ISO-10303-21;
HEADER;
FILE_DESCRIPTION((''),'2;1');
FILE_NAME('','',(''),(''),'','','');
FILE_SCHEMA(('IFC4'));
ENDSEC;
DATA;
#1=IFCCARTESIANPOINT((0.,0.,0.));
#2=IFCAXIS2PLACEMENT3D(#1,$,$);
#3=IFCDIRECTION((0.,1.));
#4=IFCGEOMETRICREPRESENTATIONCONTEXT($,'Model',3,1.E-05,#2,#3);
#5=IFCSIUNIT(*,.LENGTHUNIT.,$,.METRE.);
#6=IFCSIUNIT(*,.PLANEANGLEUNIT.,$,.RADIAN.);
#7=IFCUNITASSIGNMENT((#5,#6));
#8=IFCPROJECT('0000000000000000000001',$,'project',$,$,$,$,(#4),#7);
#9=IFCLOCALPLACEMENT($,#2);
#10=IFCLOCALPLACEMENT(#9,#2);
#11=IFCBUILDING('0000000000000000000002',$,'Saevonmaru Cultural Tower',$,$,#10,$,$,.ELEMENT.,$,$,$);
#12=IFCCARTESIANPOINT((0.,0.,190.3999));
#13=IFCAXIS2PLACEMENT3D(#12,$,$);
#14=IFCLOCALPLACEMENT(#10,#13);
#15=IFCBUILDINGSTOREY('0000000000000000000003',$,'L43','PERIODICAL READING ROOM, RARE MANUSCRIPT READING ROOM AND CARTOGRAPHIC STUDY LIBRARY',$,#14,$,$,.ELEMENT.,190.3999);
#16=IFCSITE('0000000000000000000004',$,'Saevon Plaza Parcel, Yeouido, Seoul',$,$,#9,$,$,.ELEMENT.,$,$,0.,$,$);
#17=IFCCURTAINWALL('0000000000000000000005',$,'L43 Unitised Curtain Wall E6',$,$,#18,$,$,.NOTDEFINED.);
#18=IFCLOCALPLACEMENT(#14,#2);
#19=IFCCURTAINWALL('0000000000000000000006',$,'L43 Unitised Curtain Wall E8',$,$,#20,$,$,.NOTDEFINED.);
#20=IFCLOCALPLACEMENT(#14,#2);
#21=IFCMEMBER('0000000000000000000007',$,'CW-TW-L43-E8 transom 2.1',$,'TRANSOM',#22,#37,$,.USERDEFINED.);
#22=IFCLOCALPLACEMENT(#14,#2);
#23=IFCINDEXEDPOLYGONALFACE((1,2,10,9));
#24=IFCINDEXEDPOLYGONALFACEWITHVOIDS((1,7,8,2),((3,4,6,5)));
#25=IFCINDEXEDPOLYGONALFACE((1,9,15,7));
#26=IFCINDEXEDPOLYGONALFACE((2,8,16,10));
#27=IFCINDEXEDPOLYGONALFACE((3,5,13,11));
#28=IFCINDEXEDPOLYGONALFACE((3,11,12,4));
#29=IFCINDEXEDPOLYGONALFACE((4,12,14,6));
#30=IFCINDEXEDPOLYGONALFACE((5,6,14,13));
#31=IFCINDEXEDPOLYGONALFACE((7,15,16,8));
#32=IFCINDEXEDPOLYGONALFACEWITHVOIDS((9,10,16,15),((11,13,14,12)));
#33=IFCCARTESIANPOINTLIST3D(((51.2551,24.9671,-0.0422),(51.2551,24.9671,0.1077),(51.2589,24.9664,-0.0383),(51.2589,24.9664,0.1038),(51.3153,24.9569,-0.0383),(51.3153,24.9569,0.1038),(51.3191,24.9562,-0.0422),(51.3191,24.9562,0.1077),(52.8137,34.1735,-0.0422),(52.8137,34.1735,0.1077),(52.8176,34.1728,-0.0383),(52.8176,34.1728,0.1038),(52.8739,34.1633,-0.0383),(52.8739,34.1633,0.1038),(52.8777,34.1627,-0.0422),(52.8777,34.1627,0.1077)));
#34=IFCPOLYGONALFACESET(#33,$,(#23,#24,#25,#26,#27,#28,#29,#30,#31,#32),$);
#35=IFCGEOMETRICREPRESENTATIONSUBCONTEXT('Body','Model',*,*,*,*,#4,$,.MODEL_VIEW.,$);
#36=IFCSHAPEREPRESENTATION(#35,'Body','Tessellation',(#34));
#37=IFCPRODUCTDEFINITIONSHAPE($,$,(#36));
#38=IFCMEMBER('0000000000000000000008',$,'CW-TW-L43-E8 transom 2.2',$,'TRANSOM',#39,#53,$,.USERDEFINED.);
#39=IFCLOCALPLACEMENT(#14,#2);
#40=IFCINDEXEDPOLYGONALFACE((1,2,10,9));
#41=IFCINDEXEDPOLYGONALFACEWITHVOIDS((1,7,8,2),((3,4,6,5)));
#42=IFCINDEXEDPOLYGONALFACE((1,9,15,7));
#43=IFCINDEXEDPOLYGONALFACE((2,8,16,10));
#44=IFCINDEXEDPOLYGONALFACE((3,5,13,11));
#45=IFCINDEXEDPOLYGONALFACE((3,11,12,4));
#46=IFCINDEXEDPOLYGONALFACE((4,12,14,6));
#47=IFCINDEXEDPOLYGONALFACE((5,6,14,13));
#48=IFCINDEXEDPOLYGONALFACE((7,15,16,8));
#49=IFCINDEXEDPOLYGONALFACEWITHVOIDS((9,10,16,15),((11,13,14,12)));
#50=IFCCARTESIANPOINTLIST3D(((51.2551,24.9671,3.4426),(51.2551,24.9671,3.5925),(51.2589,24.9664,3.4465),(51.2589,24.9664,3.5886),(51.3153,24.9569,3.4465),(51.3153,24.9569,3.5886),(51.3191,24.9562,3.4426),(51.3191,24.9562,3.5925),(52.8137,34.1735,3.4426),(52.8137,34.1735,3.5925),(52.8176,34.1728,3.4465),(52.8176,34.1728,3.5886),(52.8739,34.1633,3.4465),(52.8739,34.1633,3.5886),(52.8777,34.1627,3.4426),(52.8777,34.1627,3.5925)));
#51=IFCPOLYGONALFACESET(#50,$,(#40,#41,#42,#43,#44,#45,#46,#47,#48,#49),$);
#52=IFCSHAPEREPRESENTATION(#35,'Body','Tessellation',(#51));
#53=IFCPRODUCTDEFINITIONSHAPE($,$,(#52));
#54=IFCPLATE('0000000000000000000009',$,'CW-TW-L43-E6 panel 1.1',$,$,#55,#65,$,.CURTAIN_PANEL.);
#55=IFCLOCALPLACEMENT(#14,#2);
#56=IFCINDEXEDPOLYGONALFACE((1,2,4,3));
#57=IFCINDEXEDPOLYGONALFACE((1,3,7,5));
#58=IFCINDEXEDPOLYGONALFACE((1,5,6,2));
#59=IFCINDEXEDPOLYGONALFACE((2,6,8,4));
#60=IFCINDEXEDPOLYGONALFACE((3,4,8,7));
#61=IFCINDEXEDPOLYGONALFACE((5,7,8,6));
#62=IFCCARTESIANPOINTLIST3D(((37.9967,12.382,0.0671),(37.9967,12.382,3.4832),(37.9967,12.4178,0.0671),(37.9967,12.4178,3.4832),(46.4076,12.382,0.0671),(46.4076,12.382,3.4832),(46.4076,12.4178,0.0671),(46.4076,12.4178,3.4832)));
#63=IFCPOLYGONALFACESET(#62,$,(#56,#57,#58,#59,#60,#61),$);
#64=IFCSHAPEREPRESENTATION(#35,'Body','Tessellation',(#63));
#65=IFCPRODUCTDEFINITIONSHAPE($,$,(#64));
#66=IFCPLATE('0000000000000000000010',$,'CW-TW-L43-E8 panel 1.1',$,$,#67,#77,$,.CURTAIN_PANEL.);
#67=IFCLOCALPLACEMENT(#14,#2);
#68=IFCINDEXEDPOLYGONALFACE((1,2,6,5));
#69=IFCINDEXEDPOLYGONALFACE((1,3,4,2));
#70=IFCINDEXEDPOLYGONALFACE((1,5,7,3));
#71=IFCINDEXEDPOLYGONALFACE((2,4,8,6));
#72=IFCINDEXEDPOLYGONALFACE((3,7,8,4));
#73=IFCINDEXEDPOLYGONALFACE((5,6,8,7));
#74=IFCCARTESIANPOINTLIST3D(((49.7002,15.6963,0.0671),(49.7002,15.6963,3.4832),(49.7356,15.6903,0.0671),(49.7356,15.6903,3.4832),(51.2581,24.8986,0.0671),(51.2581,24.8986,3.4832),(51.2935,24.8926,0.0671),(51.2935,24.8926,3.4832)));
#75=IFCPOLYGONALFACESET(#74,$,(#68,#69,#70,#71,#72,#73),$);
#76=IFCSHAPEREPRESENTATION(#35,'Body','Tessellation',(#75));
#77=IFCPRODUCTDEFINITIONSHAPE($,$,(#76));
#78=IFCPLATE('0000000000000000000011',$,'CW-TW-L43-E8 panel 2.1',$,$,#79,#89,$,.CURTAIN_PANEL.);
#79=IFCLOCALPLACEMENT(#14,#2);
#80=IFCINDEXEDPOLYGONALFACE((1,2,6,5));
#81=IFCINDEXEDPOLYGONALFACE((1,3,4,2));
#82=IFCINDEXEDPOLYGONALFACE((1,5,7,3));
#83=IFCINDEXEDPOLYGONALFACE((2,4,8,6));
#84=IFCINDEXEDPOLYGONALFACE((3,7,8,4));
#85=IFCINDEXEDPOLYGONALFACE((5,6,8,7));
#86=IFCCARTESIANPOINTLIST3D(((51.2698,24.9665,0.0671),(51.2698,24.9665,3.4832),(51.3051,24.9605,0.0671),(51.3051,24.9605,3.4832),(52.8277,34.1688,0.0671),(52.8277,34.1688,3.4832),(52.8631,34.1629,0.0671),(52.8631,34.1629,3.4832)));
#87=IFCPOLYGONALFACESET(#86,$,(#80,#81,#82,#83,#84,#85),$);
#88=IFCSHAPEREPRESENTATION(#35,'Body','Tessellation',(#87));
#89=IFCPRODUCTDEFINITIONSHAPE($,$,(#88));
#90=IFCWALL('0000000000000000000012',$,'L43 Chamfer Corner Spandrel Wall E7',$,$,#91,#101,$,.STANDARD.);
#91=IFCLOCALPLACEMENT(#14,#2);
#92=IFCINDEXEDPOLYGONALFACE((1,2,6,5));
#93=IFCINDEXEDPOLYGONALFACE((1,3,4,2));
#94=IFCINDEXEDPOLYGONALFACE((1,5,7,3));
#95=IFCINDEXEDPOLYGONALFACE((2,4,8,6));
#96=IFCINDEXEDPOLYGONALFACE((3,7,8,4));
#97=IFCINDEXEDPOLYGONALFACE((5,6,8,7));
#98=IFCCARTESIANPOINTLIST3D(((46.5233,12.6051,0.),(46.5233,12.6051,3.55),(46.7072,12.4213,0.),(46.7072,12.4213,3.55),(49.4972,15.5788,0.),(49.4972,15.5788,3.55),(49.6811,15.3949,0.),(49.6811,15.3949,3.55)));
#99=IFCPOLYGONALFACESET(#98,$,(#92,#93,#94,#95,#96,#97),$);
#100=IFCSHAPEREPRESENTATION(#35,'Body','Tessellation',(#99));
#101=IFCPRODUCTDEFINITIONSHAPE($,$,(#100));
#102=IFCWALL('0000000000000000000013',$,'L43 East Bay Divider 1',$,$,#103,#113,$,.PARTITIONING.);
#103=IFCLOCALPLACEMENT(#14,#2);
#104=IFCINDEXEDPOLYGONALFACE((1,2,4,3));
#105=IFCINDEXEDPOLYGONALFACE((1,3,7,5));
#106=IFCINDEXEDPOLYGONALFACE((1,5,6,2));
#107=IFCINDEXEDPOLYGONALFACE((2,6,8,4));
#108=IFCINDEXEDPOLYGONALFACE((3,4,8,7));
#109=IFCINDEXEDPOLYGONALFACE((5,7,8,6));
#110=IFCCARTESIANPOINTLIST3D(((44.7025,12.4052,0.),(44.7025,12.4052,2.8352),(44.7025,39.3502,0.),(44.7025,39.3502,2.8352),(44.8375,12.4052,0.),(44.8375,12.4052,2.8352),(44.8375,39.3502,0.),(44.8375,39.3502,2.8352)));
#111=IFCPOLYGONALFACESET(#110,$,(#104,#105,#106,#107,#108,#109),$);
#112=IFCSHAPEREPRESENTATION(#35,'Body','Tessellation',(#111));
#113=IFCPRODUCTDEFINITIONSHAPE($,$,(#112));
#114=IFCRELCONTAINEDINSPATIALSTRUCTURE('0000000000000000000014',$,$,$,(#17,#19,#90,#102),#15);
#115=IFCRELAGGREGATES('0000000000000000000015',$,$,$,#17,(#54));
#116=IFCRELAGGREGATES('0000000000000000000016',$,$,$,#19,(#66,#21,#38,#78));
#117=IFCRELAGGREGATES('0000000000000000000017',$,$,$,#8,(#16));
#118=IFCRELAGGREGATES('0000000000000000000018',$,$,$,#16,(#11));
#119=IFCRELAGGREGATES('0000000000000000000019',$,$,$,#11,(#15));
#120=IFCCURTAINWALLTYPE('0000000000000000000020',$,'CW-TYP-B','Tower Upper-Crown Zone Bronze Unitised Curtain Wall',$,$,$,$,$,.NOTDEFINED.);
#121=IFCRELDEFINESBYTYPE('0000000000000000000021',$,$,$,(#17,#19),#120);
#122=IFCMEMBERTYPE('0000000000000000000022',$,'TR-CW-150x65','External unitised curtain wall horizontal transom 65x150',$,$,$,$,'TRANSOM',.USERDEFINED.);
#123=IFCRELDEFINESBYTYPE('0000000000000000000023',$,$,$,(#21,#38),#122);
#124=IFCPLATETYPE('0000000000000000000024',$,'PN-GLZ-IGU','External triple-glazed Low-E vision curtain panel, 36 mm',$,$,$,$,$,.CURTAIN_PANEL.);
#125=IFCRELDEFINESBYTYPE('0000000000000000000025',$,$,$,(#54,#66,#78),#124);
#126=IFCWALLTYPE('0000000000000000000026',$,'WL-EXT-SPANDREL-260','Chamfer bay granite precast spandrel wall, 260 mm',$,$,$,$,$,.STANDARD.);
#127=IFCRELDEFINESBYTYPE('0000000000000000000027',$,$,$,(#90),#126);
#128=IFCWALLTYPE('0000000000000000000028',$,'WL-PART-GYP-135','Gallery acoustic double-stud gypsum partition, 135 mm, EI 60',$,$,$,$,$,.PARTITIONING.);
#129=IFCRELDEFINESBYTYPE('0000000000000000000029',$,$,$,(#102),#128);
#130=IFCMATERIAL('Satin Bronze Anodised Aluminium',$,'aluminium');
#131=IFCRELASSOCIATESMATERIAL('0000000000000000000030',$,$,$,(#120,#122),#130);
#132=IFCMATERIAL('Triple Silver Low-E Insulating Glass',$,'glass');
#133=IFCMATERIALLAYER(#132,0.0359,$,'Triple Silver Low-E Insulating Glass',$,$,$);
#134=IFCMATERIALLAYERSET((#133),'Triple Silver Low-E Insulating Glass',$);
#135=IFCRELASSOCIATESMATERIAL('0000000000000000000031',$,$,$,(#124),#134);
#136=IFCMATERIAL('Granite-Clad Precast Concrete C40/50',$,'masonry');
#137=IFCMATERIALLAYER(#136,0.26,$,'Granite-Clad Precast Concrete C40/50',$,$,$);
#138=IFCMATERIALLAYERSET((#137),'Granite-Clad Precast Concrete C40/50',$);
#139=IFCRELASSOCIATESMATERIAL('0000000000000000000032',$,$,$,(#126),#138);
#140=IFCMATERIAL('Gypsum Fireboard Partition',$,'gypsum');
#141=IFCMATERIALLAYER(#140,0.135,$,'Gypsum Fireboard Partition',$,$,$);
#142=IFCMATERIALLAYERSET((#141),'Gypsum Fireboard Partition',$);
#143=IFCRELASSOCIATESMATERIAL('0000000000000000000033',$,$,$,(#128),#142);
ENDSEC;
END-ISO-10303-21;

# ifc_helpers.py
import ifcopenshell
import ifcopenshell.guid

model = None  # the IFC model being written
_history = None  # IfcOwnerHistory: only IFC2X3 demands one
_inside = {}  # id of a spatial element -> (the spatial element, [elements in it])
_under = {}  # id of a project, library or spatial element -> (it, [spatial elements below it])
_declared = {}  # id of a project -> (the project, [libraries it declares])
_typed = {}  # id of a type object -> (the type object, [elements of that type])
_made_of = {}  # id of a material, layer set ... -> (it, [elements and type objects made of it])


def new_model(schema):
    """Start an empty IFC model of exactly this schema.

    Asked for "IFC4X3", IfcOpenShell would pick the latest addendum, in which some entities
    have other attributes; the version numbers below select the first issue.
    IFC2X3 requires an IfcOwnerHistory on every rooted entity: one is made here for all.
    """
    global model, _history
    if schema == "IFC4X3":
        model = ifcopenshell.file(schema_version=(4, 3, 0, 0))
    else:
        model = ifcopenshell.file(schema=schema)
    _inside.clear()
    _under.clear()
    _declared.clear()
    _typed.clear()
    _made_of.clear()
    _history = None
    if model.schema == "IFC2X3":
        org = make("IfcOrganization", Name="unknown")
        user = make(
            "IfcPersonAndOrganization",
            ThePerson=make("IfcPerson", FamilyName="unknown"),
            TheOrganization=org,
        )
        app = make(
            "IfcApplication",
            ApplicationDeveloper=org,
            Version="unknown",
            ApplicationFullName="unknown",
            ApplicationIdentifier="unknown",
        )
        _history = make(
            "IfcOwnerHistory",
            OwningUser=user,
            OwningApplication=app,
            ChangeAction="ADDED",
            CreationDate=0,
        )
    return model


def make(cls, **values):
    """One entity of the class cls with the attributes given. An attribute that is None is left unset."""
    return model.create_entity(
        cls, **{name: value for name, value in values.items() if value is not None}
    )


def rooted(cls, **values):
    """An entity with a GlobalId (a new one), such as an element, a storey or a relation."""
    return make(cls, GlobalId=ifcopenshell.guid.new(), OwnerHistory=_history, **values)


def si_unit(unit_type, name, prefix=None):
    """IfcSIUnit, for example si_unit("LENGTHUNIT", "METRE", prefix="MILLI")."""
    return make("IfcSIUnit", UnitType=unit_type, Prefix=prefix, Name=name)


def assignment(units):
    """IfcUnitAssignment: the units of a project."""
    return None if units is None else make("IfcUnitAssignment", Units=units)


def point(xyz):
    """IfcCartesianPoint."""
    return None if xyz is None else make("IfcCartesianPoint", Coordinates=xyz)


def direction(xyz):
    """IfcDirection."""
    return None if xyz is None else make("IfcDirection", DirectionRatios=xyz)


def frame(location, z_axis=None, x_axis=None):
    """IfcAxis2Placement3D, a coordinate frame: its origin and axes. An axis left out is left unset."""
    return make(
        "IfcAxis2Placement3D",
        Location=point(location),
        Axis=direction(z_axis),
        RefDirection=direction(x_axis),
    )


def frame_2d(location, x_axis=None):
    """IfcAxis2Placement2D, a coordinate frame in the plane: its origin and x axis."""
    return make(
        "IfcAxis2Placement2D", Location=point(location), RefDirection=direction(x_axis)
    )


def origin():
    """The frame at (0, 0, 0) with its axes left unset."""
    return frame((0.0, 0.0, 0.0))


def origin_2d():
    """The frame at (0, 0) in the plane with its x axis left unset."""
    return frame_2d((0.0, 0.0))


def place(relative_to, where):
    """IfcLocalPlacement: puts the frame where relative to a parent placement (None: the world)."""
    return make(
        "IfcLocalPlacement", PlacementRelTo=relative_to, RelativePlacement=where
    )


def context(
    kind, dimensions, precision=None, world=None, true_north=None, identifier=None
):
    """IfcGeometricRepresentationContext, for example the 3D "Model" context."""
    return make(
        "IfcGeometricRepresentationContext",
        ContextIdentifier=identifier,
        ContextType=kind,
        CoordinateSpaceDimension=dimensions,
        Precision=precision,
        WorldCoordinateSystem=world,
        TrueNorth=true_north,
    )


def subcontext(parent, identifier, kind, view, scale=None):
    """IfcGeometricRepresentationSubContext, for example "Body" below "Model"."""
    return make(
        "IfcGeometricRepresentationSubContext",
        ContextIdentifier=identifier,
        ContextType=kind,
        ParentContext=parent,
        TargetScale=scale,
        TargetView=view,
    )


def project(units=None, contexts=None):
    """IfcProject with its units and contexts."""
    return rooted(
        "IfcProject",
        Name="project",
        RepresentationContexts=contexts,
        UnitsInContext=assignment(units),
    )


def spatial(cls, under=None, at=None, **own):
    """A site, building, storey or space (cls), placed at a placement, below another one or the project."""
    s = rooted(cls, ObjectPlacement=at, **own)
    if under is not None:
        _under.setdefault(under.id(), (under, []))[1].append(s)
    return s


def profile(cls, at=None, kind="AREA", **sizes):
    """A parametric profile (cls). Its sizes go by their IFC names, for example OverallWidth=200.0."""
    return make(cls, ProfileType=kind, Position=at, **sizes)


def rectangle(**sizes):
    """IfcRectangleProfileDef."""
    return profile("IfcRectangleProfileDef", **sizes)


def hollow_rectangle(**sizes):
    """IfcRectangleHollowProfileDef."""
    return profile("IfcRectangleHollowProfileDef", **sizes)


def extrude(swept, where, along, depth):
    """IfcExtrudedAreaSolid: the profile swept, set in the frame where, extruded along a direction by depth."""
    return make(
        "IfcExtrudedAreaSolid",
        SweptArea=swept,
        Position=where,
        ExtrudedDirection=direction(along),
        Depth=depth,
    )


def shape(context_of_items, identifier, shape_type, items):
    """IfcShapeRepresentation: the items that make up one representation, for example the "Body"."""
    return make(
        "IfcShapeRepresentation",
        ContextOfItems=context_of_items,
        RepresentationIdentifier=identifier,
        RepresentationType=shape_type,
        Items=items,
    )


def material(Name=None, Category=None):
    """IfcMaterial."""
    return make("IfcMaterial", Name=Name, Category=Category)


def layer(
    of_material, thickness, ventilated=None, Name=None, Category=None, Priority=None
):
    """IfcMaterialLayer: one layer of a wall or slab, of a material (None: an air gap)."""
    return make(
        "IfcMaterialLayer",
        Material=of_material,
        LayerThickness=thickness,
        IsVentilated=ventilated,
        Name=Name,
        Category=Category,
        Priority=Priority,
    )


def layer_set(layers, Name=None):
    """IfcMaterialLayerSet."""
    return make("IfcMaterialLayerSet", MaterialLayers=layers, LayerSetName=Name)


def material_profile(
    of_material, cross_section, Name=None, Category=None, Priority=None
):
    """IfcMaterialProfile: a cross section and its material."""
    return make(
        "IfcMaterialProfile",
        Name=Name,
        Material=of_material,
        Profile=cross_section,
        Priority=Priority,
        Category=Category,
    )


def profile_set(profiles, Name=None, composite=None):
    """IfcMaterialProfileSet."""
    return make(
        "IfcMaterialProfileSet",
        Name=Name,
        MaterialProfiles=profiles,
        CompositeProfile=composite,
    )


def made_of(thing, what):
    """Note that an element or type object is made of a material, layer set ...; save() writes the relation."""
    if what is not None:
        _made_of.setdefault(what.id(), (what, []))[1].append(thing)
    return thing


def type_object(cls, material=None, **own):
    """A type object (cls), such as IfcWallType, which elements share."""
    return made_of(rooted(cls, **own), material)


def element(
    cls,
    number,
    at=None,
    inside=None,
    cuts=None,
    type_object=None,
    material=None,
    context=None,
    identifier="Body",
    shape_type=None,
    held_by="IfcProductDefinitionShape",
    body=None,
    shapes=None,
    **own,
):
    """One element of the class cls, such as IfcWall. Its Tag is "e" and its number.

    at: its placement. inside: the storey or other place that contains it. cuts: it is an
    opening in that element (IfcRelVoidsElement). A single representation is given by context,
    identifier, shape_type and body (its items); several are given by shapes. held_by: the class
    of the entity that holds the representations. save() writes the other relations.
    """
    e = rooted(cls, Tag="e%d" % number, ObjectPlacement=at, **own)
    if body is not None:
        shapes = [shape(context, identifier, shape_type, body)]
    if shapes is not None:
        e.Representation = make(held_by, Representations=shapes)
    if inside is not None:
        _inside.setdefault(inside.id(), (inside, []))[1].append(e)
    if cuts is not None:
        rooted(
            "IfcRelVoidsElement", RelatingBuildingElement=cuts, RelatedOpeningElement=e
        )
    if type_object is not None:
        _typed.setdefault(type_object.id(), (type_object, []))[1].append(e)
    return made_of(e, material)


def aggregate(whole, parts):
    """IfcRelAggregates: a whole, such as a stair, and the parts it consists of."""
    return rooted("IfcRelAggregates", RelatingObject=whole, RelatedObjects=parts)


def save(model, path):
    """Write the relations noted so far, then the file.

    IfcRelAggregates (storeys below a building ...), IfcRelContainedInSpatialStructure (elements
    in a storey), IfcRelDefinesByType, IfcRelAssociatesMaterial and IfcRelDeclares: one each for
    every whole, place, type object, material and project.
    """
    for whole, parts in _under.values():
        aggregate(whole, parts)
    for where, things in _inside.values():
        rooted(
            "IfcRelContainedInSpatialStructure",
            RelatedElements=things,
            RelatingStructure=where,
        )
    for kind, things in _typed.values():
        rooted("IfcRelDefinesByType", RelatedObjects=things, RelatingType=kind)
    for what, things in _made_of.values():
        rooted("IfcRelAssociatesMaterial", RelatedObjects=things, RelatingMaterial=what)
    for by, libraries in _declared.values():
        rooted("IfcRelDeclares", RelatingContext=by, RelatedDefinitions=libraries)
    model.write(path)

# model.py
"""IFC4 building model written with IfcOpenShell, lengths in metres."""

from ifc_helpers import new_model, si_unit, direction, frame, frame_2d, origin, origin_2d, place, context, subcontext, project, spatial, rectangle, hollow_rectangle, extrude, material, layer, layer_set, material_profile, profile_set, type_object, element, aggregate, save


model = new_model("IFC4")

# Units and contexts
model_context = context("Model", 3, precision=1e-05, world=origin(), true_north=direction((0.0, 1.0)))
body_context = subcontext(model_context, "Body", "Model", "MODEL_VIEW")
ifc_project = project(units=[si_unit("LENGTHUNIT", "METRE"), si_unit("PLANEANGLEUNIT", "RADIAN")], contexts=[model_context])

# Site, building, storey
site_placement = place(None, origin())
site = spatial("IfcSite", under=ifc_project, at=site_placement, Name="Saevon Plaza Parcel, Yeouido, Seoul", CompositionType="ELEMENT", RefElevation=0.0)
building_placement = place(site_placement, origin())
building = spatial("IfcBuilding", under=site, at=building_placement, Name="Saevonmaru Cultural Tower", CompositionType="ELEMENT")
storey_placement = place(building_placement, frame((0.0, 0.0, 190.3999)))
storey = spatial("IfcBuildingStorey", under=building, at=storey_placement, Name="L43", Description="PERIODICAL READING ROOM, RARE MANUSCRIPT READING ROOM AND CARTOGRAPHIC STUDY LIBRARY", CompositionType="ELEMENT", Elevation=190.3999)

# Curtain wall
ifc_material_1 = material(Name="Satin Bronze Anodised Aluminium", Category="aluminium")
curtain_wall_type = type_object("IfcCurtainWallType", Name="CW-TYP-B", Description="Tower Upper-Crown Zone Bronze Unitised Curtain Wall", PredefinedType="NOTDEFINED", material=ifc_material_1)
curtain_wall_1_placement = place(storey_placement, origin())
curtain_wall_1 = element("IfcCurtainWall", 1, at=curtain_wall_1_placement, inside=storey, type_object=curtain_wall_type, Name="L43 Unitised Curtain Wall E6", PredefinedType="NOTDEFINED")

# Curtain wall, members
curtain_wall_2_placement = place(storey_placement, origin())
curtain_wall_2 = element("IfcCurtainWall", 2, at=curtain_wall_2_placement, inside=storey, type_object=curtain_wall_type, Name="L43 Unitised Curtain Wall E8", PredefinedType="NOTDEFINED")
ifc_material_profile_1 = material_profile(ifc_material_1, hollow_rectangle(XDim=0.0649, YDim=0.1499, WallThickness=0.0039, at=origin_2d()), Name="ALU-TRAN-150x65x4")
ifc_profile_set_1 = profile_set([ifc_material_profile_1], Name="Satin Bronze Anodised Aluminium")
member_type_1 = type_object("IfcMemberType", Name="TR-CW-150x65", Description="External unitised curtain wall horizontal transom 65x150", ElementType="TRANSOM", PredefinedType="USERDEFINED", material=ifc_profile_set_1)
member_1_placement = place(storey_placement, frame((51.2871, 24.9617, 0.0327), z_axis=(0.166921, 0.98597, 0.0), x_axis=(-0.98597, 0.166921, 0.0)))
member_1 = element("IfcMember", 3, at=member_1_placement, type_object=member_type_1, Name="CW-TW-L43-E8 transom 2.1", ObjectType="TRANSOM", PredefinedType="USERDEFINED", context=body_context, shape_type="SweptSolid", body=[
    extrude(hollow_rectangle(XDim=0.0649, YDim=0.1499, WallThickness=0.0039, at=origin_2d()), origin(), (0.0, 0.0, 1.0), 9.3374),
])
member_2_placement = place(storey_placement, frame((51.2871, 24.9617, 3.5176), z_axis=(0.166921, 0.98597, 0.0), x_axis=(-0.98597, 0.166921, 0.0)))
member_2 = element("IfcMember", 4, at=member_2_placement, type_object=member_type_1, Name="CW-TW-L43-E8 transom 2.2", ObjectType="TRANSOM", PredefinedType="USERDEFINED", context=body_context, shape_type="SweptSolid", body=[
    extrude(hollow_rectangle(XDim=0.0649, YDim=0.1499, WallThickness=0.0039, at=origin_2d()), origin(), (0.0, 0.0, 1.0), 9.3374),
])

# Plates
ifc_material_2 = material(Name="Triple Silver Low-E Insulating Glass", Category="glass")
ifc_layer_1 = layer(ifc_material_2, 0.0359, Name="Triple Silver Low-E Insulating Glass")
ifc_layer_set_1 = layer_set([ifc_layer_1], Name="Triple Silver Low-E Insulating Glass")
plate_type = type_object("IfcPlateType", Name="PN-GLZ-IGU", Description="External triple-glazed Low-E vision curtain panel, 36 mm", PredefinedType="CURTAIN_PANEL", material=ifc_layer_set_1)
plate_1_placement = place(storey_placement, frame((42.2021, 12.3999, 0.0671), z_axis=(0.0, 0.0, 1.0), x_axis=(1.0, 0.0, 0.0)))
plate_1 = element("IfcPlate", 5, at=plate_1_placement, type_object=plate_type, Name="CW-TW-L43-E6 panel 1.1", PredefinedType="CURTAIN_PANEL", context=body_context, shape_type="SweptSolid", body=[
    extrude(rectangle(XDim=8.4109, YDim=0.0359, at=origin_2d()), origin(), (0.0, 0.0, 1.0), 3.416),
])
aggregate(curtain_wall_1, [plate_1])
plate_2_placement = place(storey_placement, frame((50.4968, 20.2944, 0.0671), z_axis=(0.0, 0.0, 1.0), x_axis=(0.166922, 0.98597, 0.0)))
plate_2 = element("IfcPlate", 6, at=plate_2_placement, type_object=plate_type, Name="CW-TW-L43-E8 panel 1.1", PredefinedType="CURTAIN_PANEL", context=body_context, shape_type="SweptSolid", body=[
    extrude(rectangle(XDim=9.3333, YDim=0.0359, at=origin_2d()), origin(), (0.0, 0.0, 1.0), 3.416),
])
plate_3_placement = place(storey_placement, frame((52.0664, 29.5647, 0.0671), z_axis=(0.0, 0.0, 1.0), x_axis=(0.166922, 0.98597, 0.0)))
plate_3 = element("IfcPlate", 7, at=plate_3_placement, type_object=plate_type, Name="CW-TW-L43-E8 panel 2.1", PredefinedType="CURTAIN_PANEL", context=body_context, shape_type="SweptSolid", body=[
    extrude(rectangle(XDim=9.3333, YDim=0.0359, at=origin_2d()), origin(), (0.0, 0.0, 1.0), 3.416),
])
aggregate(curtain_wall_2, [plate_2, member_1, member_2, plate_3])

# Walls
ifc_material_3 = material(Name="Granite-Clad Precast Concrete C40/50", Category="masonry")
ifc_layer_2 = layer(ifc_material_3, 0.26, Name="Granite-Clad Precast Concrete C40/50")
ifc_layer_set_2 = layer_set([ifc_layer_2], Name="Granite-Clad Precast Concrete C40/50")
wall_type_1 = type_object("IfcWallType", Name="WL-EXT-SPANDREL-260", Description="Chamfer bay granite precast spandrel wall, 260 mm", PredefinedType="STANDARD", material=ifc_layer_set_2)
wall_1_placement = place(storey_placement, frame((46.6152, 12.5132, 0.0), z_axis=(0.0, 0.0, 1.0), x_axis=(0.707136, 0.707078, 0.0)))
element("IfcWall", 8, at=wall_1_placement, inside=storey, type_object=wall_type_1, Name="L43 Chamfer Corner Spandrel Wall E7", PredefinedType="STANDARD", context=body_context, shape_type="SweptSolid", body=[
    extrude(rectangle(XDim=4.2056, YDim=0.26, at=frame_2d((2.1028, 0.0))), origin(), (0.0, 0.0, 1.0), 3.55),
])
ifc_material_4 = material(Name="Gypsum Fireboard Partition", Category="gypsum")
ifc_layer_3 = layer(ifc_material_4, 0.135, Name="Gypsum Fireboard Partition")
ifc_layer_set_3 = layer_set([ifc_layer_3], Name="Gypsum Fireboard Partition")
wall_type_2 = type_object("IfcWallType", Name="WL-PART-GYP-135", Description="Gallery acoustic double-stud gypsum partition, 135 mm, EI 60", PredefinedType="PARTITIONING", material=ifc_layer_set_3)
wall_2_placement = place(storey_placement, frame((44.77, 12.405, 0.0), z_axis=(0.0, 0.0, 1.0), x_axis=(0.0, 1.0, 0.0)))
element("IfcWall", 9, at=wall_2_placement, inside=storey, type_object=wall_type_2, Name="L43 East Bay Divider 1", PredefinedType="PARTITIONING", context=body_context, shape_type="SweptSolid", body=[
    extrude(rectangle(XDim=26.9451, YDim=0.135, at=frame_2d((13.4727, 0.0))), origin(), (0.0, 0.0, 1.0), 2.8352),
])

save(model, "model.ifc")
